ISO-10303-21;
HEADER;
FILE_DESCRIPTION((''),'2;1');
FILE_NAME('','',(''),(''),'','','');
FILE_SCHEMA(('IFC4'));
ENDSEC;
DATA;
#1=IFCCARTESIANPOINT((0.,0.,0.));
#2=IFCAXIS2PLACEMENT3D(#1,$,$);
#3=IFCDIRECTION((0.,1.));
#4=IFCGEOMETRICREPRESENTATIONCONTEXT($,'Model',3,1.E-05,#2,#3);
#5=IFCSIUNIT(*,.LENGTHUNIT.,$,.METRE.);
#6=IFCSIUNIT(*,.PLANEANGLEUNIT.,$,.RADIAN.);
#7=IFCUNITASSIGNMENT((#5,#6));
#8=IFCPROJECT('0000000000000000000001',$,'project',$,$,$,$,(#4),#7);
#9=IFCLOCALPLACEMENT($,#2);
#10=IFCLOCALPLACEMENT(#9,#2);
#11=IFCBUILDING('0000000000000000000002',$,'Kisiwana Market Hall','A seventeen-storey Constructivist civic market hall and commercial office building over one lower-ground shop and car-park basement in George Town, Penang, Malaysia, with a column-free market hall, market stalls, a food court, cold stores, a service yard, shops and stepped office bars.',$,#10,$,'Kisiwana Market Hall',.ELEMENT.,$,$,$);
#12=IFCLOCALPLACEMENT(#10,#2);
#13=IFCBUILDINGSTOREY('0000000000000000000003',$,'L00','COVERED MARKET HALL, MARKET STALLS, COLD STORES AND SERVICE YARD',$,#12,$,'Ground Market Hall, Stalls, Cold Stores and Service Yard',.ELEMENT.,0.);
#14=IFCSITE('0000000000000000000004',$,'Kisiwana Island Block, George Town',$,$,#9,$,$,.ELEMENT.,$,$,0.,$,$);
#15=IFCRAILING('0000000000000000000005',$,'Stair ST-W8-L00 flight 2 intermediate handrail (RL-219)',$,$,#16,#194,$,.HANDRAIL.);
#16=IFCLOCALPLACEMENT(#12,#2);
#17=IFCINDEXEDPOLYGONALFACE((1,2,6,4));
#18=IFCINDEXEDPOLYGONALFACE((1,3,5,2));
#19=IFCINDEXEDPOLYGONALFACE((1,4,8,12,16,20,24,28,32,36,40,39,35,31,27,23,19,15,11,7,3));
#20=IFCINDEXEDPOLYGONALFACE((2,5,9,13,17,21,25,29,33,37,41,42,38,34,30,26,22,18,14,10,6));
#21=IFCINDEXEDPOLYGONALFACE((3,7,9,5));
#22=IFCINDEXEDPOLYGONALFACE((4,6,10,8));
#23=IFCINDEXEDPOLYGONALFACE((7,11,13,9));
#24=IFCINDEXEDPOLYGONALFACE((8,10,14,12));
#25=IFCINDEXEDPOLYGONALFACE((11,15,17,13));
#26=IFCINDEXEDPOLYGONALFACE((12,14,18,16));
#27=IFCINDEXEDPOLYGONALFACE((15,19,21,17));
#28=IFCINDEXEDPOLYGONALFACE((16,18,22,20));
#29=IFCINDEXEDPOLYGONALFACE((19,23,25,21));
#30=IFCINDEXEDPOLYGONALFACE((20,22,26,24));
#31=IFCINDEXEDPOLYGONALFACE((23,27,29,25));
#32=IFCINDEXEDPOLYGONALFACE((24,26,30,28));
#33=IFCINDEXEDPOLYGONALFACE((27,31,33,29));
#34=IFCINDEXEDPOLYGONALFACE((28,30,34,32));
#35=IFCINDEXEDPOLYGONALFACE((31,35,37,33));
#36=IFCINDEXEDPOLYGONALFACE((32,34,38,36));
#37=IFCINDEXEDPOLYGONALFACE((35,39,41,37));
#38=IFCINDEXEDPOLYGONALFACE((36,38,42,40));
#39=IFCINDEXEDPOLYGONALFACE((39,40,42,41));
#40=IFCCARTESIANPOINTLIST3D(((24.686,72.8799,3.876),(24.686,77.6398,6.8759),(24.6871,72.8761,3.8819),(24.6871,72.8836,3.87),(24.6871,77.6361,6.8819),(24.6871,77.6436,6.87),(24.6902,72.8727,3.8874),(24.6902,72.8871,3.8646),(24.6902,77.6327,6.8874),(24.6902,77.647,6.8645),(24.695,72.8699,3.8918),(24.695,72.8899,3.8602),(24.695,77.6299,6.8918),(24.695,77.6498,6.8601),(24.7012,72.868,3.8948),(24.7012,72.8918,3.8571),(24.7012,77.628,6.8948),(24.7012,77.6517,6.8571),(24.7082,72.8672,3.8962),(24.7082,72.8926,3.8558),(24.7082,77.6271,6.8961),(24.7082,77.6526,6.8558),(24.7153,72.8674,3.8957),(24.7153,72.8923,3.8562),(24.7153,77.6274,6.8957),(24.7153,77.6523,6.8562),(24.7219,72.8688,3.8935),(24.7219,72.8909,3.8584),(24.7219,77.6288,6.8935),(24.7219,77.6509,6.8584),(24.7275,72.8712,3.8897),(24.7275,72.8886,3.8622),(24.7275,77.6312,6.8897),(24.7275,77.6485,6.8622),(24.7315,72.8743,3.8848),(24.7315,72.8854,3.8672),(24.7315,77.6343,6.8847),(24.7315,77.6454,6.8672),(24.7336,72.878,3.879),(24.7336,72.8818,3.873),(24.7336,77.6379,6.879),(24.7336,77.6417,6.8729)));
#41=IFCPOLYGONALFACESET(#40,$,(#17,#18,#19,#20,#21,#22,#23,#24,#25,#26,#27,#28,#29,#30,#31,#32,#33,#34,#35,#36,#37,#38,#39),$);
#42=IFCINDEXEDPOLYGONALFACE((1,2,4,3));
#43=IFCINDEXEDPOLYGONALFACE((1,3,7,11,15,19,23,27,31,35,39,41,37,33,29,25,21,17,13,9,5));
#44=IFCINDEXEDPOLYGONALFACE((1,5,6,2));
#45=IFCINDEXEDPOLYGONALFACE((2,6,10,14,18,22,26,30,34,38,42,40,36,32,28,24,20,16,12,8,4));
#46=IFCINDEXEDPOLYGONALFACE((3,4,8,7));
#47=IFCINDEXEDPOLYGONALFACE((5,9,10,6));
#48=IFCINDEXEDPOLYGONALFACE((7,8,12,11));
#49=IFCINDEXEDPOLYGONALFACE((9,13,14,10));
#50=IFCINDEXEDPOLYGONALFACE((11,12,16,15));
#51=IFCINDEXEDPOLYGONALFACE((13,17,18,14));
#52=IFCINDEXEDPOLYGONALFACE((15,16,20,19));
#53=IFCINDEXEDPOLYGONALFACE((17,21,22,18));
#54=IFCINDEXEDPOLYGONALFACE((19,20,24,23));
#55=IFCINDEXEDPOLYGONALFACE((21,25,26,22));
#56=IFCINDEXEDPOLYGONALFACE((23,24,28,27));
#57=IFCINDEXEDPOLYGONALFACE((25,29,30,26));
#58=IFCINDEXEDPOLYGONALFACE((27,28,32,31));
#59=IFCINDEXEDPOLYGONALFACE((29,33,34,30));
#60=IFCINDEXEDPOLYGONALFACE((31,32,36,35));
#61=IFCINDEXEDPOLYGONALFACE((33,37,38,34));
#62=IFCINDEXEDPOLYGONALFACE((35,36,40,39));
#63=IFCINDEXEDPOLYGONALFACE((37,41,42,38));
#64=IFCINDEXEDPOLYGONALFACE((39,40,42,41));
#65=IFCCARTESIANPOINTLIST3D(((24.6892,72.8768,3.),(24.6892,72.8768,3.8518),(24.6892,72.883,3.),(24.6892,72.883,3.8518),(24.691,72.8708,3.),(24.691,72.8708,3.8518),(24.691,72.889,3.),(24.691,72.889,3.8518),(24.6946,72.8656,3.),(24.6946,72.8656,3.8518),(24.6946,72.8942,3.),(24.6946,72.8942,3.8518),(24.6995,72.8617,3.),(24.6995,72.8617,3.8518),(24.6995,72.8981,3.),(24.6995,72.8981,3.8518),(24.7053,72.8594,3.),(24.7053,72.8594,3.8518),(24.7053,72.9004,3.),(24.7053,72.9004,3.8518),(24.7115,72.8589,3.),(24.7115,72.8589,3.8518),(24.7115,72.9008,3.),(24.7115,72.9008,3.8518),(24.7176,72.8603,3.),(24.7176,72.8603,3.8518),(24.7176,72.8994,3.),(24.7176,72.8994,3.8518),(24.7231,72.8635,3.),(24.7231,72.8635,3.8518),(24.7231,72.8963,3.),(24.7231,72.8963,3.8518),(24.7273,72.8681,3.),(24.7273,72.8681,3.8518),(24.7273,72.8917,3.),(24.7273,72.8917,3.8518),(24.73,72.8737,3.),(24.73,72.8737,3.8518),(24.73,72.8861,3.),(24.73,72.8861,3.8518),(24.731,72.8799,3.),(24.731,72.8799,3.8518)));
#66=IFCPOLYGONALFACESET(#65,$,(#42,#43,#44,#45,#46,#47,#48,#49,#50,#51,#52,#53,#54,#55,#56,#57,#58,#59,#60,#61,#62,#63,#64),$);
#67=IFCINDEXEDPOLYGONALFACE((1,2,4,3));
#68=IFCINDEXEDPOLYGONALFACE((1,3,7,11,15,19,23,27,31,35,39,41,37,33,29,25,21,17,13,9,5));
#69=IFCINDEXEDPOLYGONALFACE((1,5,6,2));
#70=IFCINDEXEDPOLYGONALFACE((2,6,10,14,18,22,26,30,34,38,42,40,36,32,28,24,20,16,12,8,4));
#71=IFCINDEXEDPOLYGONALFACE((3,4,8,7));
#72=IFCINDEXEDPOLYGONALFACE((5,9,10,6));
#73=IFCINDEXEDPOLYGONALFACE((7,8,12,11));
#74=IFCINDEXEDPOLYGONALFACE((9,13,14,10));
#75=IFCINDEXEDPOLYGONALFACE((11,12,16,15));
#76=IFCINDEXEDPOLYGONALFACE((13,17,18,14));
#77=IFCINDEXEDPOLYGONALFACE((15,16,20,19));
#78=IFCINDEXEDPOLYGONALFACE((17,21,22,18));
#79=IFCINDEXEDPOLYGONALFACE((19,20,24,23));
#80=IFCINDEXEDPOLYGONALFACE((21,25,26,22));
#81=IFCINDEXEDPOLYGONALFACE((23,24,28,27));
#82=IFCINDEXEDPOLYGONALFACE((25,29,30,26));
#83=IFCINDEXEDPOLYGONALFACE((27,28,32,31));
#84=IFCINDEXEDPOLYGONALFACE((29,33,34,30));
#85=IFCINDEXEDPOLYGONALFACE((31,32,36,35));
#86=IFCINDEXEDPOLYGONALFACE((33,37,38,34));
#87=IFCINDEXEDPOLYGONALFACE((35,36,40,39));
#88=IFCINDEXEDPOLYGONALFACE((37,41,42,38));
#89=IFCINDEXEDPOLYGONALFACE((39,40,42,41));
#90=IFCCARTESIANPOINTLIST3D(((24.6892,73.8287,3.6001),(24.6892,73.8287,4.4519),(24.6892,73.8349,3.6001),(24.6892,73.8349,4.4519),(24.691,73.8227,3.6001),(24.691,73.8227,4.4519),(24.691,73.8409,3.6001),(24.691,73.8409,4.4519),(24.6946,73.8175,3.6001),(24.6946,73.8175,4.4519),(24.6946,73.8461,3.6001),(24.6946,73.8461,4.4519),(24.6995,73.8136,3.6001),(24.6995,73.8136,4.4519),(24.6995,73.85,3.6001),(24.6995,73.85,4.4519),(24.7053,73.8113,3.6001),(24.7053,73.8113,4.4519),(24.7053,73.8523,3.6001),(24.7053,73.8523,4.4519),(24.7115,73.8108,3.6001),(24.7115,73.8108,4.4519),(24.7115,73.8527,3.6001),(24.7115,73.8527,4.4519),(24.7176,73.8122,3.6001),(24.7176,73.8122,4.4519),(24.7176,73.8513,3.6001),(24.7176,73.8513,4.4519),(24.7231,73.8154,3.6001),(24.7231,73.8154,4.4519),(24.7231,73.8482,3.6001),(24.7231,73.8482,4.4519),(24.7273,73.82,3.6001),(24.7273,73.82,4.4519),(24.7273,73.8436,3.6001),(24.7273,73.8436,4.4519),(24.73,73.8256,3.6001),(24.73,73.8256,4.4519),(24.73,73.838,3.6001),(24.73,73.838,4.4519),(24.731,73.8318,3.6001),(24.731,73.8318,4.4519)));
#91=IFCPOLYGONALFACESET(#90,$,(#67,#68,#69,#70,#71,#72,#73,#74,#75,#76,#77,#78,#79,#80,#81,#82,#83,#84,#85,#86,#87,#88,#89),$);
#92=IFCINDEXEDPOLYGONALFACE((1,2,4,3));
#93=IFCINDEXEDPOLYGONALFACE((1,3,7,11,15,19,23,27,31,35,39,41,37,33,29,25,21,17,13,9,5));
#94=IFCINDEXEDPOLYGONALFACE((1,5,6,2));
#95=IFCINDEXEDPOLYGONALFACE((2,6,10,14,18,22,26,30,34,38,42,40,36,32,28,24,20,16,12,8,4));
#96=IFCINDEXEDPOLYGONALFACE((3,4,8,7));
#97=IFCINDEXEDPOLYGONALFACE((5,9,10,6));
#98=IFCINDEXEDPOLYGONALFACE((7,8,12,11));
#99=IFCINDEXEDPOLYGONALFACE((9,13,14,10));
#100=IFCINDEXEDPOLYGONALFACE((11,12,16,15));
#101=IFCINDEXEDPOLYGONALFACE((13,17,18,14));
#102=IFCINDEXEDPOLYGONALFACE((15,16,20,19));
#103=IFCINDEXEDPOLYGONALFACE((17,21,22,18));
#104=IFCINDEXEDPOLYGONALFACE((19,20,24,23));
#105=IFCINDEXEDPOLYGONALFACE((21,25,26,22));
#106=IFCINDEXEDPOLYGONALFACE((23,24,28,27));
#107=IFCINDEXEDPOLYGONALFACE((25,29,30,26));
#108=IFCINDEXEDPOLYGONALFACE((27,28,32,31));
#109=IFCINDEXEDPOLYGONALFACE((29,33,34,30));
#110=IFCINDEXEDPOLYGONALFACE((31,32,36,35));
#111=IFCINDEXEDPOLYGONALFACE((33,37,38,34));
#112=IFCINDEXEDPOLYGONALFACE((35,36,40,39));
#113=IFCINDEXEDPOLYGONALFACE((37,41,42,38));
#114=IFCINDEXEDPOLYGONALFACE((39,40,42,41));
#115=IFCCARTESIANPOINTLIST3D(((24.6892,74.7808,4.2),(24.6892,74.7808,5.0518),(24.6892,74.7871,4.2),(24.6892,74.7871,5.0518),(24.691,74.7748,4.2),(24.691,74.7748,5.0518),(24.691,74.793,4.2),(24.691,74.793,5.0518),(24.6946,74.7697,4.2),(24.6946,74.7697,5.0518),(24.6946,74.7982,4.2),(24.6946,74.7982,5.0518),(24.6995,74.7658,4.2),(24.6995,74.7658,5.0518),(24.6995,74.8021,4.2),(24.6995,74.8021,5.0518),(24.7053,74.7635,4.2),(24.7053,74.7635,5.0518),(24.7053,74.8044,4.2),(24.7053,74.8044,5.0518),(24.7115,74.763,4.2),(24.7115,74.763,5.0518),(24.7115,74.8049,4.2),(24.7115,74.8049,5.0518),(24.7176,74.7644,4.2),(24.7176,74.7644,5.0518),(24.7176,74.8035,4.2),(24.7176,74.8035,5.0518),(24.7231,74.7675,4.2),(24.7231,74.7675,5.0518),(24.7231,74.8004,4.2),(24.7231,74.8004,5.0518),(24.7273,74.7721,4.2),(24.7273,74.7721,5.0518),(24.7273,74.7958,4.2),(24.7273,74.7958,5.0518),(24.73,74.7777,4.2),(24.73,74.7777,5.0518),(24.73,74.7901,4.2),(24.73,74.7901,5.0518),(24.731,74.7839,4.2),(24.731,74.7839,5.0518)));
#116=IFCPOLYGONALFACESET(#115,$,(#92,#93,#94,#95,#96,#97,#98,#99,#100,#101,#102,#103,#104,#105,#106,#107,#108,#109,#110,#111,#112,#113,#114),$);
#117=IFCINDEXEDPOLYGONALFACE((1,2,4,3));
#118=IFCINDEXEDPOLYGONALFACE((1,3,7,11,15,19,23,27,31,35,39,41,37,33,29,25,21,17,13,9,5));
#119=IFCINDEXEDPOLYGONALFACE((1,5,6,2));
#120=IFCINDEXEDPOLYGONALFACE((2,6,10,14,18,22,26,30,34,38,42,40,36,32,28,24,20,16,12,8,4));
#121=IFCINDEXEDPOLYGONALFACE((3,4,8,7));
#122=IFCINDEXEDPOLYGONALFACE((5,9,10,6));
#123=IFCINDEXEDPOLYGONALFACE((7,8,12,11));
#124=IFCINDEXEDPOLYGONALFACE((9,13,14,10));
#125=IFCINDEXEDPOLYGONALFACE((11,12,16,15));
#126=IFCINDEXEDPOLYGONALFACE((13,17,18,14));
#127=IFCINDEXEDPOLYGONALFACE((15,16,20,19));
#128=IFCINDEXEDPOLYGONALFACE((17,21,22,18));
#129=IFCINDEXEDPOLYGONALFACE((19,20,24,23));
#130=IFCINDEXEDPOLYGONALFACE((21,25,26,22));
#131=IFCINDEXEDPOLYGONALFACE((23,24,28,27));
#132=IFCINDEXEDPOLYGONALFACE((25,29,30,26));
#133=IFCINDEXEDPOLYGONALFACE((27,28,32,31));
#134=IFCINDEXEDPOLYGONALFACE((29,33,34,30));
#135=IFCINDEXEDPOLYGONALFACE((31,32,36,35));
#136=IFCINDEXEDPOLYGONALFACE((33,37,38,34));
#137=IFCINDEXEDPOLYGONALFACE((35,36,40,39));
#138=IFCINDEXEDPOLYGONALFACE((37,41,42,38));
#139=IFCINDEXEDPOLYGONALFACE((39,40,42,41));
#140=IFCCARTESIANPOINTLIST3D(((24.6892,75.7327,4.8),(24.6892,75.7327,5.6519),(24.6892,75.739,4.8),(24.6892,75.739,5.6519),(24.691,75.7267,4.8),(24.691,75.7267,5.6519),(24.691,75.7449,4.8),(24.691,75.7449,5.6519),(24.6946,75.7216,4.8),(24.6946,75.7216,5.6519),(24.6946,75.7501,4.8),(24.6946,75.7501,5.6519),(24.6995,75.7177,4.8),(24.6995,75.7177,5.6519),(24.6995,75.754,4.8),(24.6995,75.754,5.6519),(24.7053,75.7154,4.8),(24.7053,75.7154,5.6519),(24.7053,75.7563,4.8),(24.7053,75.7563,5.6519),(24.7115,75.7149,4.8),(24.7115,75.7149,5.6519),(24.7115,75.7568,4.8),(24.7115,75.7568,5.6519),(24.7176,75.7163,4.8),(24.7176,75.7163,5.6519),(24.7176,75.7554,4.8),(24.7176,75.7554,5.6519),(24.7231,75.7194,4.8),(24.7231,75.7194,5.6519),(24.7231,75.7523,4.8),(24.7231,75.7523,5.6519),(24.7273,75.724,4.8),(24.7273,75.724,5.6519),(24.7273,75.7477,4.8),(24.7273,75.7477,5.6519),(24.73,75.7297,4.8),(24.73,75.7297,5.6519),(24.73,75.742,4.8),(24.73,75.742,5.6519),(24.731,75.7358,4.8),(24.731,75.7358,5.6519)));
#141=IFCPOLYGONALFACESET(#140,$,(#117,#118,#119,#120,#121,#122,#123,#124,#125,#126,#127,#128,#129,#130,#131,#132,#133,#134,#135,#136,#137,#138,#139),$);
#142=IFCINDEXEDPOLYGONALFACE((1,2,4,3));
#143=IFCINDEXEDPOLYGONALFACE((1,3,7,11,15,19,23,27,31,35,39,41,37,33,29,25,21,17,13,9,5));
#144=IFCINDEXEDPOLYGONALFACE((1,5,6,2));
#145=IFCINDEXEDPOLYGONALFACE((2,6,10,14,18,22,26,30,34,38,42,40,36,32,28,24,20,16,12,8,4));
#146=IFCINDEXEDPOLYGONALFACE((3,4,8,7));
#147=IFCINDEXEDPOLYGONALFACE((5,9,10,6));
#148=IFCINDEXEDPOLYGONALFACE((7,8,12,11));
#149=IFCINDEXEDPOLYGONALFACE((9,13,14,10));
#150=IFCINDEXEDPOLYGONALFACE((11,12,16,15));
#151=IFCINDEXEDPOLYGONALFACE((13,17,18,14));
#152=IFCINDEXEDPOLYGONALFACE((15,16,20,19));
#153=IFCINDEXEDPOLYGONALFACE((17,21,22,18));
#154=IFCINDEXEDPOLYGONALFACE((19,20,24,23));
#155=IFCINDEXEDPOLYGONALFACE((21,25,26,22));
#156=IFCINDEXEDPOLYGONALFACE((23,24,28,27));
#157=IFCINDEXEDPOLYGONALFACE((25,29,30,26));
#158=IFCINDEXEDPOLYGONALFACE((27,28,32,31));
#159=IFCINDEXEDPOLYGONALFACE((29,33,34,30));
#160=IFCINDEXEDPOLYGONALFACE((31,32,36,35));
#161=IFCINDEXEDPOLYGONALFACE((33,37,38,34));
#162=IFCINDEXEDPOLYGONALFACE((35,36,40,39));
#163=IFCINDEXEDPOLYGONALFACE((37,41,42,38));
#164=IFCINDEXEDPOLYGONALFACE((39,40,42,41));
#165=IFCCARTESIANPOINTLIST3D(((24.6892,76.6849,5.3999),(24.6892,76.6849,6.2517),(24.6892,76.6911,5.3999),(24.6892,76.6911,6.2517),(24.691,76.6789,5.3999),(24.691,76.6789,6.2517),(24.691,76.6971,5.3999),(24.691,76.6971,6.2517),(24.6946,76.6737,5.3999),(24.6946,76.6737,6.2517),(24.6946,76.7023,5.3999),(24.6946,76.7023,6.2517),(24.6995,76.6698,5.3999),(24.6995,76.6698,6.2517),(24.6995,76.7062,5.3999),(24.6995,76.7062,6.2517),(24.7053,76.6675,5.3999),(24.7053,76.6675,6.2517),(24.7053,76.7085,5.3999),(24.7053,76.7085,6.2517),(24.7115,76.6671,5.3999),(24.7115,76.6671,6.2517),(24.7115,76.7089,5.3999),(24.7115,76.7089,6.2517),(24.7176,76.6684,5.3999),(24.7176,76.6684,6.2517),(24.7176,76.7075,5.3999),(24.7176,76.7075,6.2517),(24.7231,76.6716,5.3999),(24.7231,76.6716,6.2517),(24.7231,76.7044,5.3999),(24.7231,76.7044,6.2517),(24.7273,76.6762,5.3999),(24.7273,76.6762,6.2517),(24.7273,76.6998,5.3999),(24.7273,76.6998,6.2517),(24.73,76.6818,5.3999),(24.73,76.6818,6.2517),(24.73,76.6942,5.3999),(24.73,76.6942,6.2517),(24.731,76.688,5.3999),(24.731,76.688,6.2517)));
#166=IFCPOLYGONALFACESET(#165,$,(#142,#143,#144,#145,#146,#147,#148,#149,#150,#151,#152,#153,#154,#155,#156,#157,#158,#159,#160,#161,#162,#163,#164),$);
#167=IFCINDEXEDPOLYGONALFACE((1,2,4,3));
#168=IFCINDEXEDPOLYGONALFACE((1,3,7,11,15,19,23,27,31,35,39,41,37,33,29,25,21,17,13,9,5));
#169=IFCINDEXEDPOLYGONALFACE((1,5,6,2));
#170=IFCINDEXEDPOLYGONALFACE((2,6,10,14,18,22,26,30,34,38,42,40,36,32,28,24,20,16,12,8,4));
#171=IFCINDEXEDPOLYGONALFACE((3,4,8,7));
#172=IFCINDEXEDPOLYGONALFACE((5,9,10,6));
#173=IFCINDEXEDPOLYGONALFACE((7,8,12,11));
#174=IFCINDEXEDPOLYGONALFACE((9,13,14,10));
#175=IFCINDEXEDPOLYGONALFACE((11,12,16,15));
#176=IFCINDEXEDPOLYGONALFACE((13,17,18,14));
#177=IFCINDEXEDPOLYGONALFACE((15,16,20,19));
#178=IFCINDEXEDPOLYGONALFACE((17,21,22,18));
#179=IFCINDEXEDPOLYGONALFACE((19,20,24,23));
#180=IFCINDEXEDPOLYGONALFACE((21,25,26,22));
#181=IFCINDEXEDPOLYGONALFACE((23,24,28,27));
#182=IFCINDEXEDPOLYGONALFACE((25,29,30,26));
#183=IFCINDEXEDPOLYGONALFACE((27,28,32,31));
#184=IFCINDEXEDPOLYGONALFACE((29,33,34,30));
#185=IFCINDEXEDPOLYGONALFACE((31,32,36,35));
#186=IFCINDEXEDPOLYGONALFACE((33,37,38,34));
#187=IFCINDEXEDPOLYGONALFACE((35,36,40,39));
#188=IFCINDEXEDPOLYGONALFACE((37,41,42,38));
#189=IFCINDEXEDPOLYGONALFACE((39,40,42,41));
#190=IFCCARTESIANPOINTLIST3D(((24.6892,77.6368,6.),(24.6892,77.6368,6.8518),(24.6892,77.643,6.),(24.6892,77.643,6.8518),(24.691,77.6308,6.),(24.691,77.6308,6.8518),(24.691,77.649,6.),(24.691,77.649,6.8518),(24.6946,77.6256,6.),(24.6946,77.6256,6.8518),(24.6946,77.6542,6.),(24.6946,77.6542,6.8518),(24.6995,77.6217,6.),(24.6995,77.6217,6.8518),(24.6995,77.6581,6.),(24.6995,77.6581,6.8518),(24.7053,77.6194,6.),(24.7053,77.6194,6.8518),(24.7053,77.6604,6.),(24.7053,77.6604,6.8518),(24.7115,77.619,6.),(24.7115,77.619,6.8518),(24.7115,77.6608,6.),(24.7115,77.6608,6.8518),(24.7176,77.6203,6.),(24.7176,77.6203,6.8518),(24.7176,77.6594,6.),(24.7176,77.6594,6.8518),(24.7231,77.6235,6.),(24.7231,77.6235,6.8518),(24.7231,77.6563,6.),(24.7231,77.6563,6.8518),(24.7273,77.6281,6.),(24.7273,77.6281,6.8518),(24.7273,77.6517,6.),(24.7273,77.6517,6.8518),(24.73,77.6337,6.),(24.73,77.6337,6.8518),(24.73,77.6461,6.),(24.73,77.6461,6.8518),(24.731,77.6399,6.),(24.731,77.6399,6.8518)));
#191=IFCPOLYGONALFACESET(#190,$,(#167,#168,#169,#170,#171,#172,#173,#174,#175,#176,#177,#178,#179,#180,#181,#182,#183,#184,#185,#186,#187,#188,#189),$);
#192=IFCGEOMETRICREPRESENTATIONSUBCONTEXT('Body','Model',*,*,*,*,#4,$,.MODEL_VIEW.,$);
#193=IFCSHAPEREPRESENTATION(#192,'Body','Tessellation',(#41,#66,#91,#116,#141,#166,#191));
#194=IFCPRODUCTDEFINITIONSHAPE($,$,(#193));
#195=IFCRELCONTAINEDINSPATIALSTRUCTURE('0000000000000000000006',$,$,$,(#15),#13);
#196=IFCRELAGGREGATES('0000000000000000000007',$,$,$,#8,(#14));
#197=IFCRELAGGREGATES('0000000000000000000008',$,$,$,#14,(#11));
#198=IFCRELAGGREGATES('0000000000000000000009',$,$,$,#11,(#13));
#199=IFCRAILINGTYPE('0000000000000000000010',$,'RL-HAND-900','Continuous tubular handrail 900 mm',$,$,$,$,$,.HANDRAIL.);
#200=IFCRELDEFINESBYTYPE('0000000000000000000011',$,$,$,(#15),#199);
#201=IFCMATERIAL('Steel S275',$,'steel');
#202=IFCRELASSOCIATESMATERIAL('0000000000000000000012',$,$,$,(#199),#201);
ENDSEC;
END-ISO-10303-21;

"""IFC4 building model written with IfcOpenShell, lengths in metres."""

from ifc_helpers import new_model, si_unit, direction, frame, origin, origin_2d, place, context, subcontext, project, spatial, circle, extrude, material, type_object, element, save


model = new_model("IFC4")

# Units and contexts
model_context = context("Model", 3, precision=1e-05, world=origin(), true_north=direction((0.0, 1.0)))
body_context = subcontext(model_context, "Body", "Model", "MODEL_VIEW")
ifc_project = project(units=[si_unit("LENGTHUNIT", "METRE"), si_unit("PLANEANGLEUNIT", "RADIAN")], contexts=[model_context])

# Site, building, storey
site_placement = place(None, origin())
site = spatial("IfcSite", under=ifc_project, at=site_placement, Name="Kisiwana Island Block, George Town", CompositionType="ELEMENT", RefElevation=0.0)
building_placement = place(site_placement, origin())
building = spatial("IfcBuilding", under=site, at=building_placement, Name="Kisiwana Market Hall", Description="A seventeen-storey Constructivist civic market hall and commercial office building over one lower-ground shop and car-park basement in George Town, Penang, Malaysia, with a column-free market hall, market stalls, a food court, cold stores, a service yard, shops and stepped office bars.", LongName="Kisiwana Market Hall", CompositionType="ELEMENT")
storey_placement = place(building_placement, origin())
storey = spatial("IfcBuildingStorey", under=building, at=storey_placement, Name="L00", Description="COVERED MARKET HALL, MARKET STALLS, COLD STORES AND SERVICE YARD", LongName="Ground Market Hall, Stalls, Cold Stores and Service Yard", CompositionType="ELEMENT", Elevation=0.0)

# Railing
ifc_material_1 = material(Name="Steel S275", Category="steel")
railing_type = type_object("IfcRailingType", Name="RL-HAND-900", Description="Continuous tubular handrail 900 mm", PredefinedType="HANDRAIL", material=ifc_material_1)
for number, where, name in (
    (1, (24.71, 72.8799, 3.0), "Stair ST-W8-L00 flight 2 intermediate handrail (RL-219)"),
):
    element("IfcRailing", number, at=place(storey_placement, frame(where)), inside=storey, type_object=railing_type, Name=name, PredefinedType="HANDRAIL", context=body_context, shape_type="SweptSolid", body=[
        extrude(circle(Radius=0.0239, at=origin_2d()), frame((0.0, 0.0, 0.876), z_axis=(0.0, 0.845996, 0.53319), x_axis=(-1.0, 0.0, 0.0)), (0.0, 0.0, 1.0), 5.6265),
        extrude(circle(Radius=0.021, at=origin_2d()), origin(), (0.0, 0.0, 1.0), 0.8518),
        extrude(circle(Radius=0.021, at=origin_2d()), frame((0.0, 0.9519, 0.6001)), (0.0, 0.0, 1.0), 0.8518),
        extrude(circle(Radius=0.021, at=origin_2d()), frame((0.0, 1.9041, 1.2)), (0.0, 0.0, 1.0), 0.8518),
        extrude(circle(Radius=0.021, at=origin_2d()), frame((0.0, 2.856, 1.8)), (0.0, 0.0, 1.0), 0.8518),
        extrude(circle(Radius=0.021, at=origin_2d()), frame((0.0, 3.8081, 2.3999)), (0.0, 0.0, 1.0), 0.8518),
        extrude(circle(Radius=0.021, at=origin_2d()), frame((0.0, 4.76, 3.0)), (0.0, 0.0, 1.0), 0.8518),
    ])

save(model, "model.ifc")
